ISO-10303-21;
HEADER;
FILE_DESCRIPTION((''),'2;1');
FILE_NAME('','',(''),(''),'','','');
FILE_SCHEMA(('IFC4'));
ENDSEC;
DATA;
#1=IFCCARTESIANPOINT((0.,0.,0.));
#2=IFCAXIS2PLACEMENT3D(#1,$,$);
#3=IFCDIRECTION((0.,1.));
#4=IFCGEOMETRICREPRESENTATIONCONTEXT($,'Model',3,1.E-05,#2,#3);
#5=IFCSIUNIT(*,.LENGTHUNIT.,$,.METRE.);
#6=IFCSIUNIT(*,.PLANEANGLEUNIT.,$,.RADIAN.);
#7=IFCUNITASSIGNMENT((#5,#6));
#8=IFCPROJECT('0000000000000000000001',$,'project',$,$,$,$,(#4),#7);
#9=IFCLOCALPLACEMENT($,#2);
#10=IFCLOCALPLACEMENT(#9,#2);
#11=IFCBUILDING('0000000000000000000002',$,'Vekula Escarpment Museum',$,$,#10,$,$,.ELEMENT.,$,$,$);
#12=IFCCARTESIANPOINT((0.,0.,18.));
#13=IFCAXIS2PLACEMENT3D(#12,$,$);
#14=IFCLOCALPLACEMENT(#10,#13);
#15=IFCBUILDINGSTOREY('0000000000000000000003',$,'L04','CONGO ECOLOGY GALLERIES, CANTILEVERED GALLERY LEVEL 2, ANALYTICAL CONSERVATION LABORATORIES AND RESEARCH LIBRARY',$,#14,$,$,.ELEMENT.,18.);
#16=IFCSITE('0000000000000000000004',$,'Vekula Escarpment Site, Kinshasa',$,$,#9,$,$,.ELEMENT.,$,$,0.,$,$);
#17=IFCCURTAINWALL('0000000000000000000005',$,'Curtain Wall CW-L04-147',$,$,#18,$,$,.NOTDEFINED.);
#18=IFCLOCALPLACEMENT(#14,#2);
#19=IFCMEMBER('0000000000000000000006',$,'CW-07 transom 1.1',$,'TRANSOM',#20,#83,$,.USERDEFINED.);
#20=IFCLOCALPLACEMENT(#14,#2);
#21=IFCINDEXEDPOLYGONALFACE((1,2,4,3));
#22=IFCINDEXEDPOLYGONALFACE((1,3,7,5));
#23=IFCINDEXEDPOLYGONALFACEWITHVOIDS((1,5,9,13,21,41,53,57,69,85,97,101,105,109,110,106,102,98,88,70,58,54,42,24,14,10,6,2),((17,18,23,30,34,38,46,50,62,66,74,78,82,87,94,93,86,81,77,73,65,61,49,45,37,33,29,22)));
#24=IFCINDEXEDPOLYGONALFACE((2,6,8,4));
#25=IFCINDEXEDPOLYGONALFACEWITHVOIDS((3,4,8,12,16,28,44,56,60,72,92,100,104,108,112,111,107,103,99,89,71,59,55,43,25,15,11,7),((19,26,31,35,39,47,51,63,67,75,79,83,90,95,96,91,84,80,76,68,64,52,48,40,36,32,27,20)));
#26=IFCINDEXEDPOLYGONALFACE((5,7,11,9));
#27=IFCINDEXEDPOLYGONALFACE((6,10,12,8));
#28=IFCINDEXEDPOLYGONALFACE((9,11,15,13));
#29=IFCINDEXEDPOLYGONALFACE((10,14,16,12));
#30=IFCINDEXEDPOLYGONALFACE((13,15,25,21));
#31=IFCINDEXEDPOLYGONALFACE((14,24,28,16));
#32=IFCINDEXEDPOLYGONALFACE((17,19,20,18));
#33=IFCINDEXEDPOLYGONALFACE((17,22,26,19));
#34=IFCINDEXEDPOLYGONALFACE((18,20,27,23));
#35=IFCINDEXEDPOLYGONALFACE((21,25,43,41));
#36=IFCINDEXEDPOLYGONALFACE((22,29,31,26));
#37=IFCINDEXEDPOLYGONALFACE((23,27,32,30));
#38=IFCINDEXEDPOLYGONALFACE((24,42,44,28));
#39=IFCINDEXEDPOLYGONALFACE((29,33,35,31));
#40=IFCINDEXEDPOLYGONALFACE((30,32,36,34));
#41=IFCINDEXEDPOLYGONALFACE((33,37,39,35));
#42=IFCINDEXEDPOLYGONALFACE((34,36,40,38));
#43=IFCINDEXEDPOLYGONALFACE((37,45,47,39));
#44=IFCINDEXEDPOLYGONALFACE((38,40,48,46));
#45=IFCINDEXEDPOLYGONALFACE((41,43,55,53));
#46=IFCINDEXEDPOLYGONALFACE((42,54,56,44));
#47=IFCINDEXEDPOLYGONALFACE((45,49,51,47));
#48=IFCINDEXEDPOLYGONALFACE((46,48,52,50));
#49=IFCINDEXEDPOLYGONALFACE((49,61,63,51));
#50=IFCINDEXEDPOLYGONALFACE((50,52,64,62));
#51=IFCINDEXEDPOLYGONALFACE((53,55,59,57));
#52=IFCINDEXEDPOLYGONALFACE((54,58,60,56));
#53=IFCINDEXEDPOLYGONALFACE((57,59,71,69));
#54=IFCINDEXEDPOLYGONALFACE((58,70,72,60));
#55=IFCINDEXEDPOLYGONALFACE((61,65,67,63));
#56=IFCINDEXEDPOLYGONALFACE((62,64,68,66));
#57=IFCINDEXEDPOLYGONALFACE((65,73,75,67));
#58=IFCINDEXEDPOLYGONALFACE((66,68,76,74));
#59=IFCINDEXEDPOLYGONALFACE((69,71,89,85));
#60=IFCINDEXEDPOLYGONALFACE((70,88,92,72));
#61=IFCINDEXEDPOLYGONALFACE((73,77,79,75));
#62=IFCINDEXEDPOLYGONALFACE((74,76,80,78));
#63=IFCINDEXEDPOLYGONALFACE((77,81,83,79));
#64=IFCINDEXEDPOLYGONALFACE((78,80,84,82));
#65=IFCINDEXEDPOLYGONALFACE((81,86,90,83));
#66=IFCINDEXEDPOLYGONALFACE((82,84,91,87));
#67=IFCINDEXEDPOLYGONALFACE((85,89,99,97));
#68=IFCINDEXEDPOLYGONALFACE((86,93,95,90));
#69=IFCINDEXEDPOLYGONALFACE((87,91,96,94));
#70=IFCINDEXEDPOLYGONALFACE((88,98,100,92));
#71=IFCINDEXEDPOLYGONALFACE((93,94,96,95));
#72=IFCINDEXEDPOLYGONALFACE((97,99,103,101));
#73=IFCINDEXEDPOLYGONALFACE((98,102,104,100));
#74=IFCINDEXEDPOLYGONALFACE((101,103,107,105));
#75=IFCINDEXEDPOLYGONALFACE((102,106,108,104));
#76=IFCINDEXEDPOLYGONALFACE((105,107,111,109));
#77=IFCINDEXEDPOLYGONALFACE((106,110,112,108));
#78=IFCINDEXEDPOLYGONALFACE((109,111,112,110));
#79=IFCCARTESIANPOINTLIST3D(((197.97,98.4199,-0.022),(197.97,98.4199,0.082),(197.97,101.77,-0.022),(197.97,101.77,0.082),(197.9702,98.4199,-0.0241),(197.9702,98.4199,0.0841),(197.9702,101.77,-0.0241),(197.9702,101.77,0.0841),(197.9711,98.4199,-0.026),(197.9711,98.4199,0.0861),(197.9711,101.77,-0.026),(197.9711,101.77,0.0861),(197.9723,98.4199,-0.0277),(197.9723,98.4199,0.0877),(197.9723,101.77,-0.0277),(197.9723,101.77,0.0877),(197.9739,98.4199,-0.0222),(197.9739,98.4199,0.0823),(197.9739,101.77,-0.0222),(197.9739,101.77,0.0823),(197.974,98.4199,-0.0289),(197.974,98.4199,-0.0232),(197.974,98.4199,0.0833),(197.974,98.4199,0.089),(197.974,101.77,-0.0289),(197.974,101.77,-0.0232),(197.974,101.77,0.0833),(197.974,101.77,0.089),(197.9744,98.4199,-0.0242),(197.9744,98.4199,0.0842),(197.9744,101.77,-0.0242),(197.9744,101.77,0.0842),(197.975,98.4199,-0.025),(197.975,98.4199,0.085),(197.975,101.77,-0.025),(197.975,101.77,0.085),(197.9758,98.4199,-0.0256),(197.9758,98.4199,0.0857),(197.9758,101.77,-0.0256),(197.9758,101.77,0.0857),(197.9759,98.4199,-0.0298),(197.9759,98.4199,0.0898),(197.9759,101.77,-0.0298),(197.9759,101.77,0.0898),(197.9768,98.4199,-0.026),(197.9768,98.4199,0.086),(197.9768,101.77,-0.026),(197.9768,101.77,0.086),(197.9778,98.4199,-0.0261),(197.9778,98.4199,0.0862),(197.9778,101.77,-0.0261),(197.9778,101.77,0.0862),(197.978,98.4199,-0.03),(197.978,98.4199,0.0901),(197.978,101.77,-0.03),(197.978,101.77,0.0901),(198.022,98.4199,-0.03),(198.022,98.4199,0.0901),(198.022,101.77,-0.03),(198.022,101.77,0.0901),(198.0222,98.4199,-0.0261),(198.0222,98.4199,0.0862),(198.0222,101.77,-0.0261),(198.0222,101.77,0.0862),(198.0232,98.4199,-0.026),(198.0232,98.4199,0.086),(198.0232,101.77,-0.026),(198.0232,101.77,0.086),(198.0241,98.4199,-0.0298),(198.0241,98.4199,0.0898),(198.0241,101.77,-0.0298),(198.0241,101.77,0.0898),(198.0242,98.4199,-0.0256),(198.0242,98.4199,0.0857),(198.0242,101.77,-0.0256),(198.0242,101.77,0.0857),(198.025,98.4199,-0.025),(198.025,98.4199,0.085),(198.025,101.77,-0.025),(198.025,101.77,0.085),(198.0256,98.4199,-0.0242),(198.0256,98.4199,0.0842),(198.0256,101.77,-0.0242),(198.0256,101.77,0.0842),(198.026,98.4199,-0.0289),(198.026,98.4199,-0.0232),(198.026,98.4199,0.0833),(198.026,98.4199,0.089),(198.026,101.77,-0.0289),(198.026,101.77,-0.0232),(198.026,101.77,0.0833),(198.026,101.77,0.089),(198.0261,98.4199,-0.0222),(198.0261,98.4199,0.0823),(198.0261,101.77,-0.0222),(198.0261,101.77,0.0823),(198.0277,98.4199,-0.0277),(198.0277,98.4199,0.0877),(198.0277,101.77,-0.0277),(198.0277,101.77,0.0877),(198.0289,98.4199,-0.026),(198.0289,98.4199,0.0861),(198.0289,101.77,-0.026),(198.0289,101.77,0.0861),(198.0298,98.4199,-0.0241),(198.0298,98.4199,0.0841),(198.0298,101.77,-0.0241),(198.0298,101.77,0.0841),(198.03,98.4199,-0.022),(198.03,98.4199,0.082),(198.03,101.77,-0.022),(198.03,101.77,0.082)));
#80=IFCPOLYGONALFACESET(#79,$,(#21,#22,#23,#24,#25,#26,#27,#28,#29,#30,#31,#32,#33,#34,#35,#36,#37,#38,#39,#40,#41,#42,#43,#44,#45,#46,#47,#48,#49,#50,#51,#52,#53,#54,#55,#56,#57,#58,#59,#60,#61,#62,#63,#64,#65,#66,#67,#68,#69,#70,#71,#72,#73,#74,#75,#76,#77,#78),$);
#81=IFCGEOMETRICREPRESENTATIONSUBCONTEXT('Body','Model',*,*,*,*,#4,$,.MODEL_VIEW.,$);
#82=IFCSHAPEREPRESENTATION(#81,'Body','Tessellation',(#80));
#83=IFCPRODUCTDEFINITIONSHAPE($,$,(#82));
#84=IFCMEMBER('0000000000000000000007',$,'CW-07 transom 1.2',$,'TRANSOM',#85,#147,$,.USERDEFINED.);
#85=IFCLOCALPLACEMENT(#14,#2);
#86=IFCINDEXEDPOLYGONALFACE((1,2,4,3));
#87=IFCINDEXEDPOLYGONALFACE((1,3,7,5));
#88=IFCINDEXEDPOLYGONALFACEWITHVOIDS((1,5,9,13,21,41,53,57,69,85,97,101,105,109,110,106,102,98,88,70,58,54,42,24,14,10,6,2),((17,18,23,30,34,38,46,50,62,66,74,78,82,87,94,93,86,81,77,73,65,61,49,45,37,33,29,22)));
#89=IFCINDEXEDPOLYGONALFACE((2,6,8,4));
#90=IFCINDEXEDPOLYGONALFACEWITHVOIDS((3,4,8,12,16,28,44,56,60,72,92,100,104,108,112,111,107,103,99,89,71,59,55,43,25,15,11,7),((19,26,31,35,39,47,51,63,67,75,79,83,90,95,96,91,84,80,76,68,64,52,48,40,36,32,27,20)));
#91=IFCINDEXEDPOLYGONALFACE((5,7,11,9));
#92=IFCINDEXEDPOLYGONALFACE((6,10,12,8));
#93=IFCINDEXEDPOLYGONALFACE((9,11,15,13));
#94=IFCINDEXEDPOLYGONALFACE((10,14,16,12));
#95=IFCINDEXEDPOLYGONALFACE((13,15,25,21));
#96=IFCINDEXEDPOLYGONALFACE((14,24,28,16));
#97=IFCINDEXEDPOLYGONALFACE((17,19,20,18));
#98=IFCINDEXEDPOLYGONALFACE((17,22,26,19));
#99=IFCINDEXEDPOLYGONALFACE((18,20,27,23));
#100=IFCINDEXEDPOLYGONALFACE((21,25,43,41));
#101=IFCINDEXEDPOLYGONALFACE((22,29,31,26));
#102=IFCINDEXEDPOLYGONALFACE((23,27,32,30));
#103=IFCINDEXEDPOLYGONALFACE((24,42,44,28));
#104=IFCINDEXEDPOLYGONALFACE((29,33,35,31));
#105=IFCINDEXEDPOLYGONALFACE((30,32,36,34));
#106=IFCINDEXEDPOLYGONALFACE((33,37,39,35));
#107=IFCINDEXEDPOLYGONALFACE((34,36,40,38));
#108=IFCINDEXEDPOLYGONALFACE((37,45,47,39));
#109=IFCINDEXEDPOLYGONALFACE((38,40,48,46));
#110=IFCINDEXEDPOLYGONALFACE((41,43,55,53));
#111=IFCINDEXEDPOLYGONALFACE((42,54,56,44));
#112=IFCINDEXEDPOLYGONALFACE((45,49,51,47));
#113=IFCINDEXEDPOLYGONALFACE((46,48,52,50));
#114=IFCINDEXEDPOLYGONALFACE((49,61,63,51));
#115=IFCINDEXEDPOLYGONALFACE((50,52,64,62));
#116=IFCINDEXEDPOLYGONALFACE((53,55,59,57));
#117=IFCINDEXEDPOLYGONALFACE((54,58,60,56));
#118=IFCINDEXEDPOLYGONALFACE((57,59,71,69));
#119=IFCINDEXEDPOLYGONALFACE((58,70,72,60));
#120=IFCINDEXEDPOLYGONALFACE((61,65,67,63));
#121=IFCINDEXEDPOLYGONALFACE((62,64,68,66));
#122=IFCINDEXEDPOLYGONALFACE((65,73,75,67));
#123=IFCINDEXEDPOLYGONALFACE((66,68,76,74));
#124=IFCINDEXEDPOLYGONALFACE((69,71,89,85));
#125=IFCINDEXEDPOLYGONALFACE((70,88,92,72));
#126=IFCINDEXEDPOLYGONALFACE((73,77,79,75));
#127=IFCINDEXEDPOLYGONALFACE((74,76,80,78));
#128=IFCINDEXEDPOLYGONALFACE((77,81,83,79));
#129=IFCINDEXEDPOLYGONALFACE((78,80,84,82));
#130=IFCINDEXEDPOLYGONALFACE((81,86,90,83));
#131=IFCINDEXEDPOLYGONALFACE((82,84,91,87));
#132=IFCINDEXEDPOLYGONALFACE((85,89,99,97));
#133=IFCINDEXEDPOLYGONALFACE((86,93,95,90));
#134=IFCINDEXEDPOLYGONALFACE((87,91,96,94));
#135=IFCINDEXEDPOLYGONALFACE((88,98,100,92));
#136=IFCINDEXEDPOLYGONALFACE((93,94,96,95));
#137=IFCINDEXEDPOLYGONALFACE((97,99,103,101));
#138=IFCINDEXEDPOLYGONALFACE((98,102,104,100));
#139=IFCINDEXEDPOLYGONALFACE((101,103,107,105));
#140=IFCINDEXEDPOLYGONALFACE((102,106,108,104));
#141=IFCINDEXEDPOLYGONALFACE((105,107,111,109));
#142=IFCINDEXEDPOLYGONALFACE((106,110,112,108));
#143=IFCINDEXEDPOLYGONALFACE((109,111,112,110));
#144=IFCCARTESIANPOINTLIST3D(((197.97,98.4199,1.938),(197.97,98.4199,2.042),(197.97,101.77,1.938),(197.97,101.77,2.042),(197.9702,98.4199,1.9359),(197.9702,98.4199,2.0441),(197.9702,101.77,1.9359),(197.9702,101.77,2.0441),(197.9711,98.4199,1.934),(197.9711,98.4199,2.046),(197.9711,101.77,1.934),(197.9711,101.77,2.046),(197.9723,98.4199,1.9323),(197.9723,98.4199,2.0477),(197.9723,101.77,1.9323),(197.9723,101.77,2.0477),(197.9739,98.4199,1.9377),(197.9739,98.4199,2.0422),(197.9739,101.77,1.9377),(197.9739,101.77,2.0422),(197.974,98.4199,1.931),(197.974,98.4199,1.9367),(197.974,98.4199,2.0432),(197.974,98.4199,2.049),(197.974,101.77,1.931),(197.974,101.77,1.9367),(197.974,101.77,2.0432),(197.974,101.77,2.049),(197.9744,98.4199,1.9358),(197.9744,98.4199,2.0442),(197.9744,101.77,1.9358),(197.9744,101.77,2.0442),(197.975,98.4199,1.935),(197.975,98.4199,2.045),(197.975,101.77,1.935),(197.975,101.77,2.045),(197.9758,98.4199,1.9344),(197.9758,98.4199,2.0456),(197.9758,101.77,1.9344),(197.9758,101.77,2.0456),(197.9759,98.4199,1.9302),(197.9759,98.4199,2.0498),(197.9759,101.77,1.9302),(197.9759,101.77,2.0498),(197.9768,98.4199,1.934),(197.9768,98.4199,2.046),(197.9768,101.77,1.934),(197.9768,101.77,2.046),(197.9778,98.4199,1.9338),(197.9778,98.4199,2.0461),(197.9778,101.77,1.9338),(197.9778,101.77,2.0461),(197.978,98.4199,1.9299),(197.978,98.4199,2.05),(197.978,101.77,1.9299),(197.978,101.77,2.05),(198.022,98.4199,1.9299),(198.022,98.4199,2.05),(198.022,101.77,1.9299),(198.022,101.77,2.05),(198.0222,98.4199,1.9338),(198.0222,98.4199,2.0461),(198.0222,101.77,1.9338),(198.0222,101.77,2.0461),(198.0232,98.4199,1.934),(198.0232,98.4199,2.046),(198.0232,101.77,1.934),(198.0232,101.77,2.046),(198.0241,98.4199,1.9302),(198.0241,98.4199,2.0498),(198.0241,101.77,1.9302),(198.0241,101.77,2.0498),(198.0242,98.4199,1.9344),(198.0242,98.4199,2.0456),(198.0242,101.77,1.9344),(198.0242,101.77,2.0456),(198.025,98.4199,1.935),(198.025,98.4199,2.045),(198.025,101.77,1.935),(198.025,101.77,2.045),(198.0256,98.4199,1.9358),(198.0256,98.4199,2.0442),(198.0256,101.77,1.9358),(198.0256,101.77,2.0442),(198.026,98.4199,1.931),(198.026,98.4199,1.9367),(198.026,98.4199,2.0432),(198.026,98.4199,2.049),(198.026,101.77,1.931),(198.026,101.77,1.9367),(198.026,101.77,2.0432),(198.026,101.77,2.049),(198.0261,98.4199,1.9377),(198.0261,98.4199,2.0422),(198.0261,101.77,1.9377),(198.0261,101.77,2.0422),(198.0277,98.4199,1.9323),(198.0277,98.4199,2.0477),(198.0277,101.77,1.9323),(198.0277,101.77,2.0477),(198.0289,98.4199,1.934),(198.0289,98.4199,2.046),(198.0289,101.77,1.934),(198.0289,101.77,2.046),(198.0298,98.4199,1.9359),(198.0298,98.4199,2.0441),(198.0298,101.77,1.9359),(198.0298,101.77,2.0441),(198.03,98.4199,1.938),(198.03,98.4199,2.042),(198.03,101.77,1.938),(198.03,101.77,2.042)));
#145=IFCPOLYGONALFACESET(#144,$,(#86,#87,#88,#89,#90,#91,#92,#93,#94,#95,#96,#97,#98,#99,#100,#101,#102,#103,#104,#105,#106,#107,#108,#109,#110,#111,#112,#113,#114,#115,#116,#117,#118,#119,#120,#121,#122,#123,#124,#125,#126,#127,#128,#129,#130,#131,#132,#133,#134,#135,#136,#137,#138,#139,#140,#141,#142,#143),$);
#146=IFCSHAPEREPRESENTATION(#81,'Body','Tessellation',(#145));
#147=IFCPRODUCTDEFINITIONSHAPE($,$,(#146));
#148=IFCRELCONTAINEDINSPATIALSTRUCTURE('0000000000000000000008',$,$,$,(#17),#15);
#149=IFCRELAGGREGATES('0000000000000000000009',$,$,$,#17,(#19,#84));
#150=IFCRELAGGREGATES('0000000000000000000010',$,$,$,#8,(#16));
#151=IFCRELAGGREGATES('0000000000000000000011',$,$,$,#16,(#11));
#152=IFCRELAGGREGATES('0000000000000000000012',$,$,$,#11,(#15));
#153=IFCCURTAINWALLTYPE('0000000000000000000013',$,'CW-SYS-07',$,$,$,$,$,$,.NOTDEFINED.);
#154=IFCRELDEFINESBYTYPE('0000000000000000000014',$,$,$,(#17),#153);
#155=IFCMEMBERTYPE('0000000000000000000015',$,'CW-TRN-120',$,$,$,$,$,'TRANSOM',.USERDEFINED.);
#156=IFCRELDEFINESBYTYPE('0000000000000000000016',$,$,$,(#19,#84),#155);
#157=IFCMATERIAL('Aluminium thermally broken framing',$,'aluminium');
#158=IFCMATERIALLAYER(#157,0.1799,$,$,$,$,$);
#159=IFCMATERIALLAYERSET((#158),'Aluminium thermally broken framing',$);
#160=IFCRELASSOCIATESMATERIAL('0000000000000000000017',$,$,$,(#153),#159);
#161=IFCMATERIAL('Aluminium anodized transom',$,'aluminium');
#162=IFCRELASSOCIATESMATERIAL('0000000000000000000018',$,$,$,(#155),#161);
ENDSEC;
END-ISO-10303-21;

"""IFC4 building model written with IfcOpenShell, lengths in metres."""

from ifc_helpers import new_model, si_unit, direction, frame, origin, origin_2d, place, context, subcontext, project, spatial, hollow_rectangle, extrude, material, layer, layer_set, material_profile, profile_set, type_object, element, aggregate, save


model = new_model("IFC4")

# Units and contexts
model_context = context("Model", 3, precision=1e-05, world=origin(), true_north=direction((0.0, 1.0)))
body_context = subcontext(model_context, "Body", "Model", "MODEL_VIEW")
ifc_project = project(units=[si_unit("LENGTHUNIT", "METRE"), si_unit("PLANEANGLEUNIT", "RADIAN")], contexts=[model_context])

# Site, building, storey
site_placement = place(None, origin())
site = spatial("IfcSite", under=ifc_project, at=site_placement, Name="Vekula Escarpment Site, Kinshasa", CompositionType="ELEMENT", RefElevation=0.0)
building_placement = place(site_placement, origin())
building = spatial("IfcBuilding", under=site, at=building_placement, Name="Vekula Escarpment Museum", CompositionType="ELEMENT")
storey_placement = place(building_placement, frame((0.0, 0.0, 18.0)))
storey = spatial("IfcBuildingStorey", under=building, at=storey_placement, Name="L04", Description="CONGO ECOLOGY GALLERIES, CANTILEVERED GALLERY LEVEL 2, ANALYTICAL CONSERVATION LABORATORIES AND RESEARCH LIBRARY", CompositionType="ELEMENT", Elevation=18.0)

# Curtain wall, members
ifc_material_1 = material(Name="Aluminium thermally broken framing", Category="aluminium")
ifc_layer_1 = layer(ifc_material_1, 0.1799)
ifc_layer_set_1 = layer_set([ifc_layer_1], Name="Aluminium thermally broken framing")
curtain_wall_type = type_object("IfcCurtainWallType", Name="CW-SYS-07", PredefinedType="NOTDEFINED", material=ifc_layer_set_1)
curtain_wall_placement = place(storey_placement, origin())
curtain_wall = element("IfcCurtainWall", 1, at=curtain_wall_placement, inside=storey, type_object=curtain_wall_type, Name="Curtain Wall CW-L04-147", PredefinedType="NOTDEFINED")
ifc_material_2 = material(Name="Aluminium anodized transom", Category="aluminium")
ifc_material_profile_1 = material_profile(ifc_material_2, hollow_rectangle(XDim=0.0601, YDim=0.1201, WallThickness=0.0039, InnerFilletRadius=0.0039, OuterFilletRadius=0.0081, at=origin_2d()), Name="ALU 120x60x4")
ifc_profile_set_1 = profile_set([ifc_material_profile_1], Name="Aluminium anodized transom")
member_type_1 = type_object("IfcMemberType", Name="CW-TRN-120", ElementType="TRANSOM", PredefinedType="USERDEFINED", material=ifc_profile_set_1)
member_1_placement = place(storey_placement, frame((198.0, 98.4199, 0.03), z_axis=(0.0, 1.0, 0.0), x_axis=(-1.0, 0.0, 0.0)))
member_1 = element("IfcMember", 2, at=member_1_placement, type_object=member_type_1, Name="CW-07 transom 1.1", ObjectType="TRANSOM", PredefinedType="USERDEFINED", context=body_context, shape_type="SweptSolid", body=[
    extrude(hollow_rectangle(XDim=0.0601, YDim=0.1201, WallThickness=0.0039, InnerFilletRadius=0.0039, OuterFilletRadius=0.0081, at=origin_2d()), origin(), (0.0, 0.0, 1.0), 3.3501),
])
member_2_placement = place(storey_placement, frame((198.0, 98.4199, 1.99), z_axis=(0.0, 1.0, 0.0), x_axis=(-1.0, 0.0, 0.0)))
member_2 = element("IfcMember", 3, at=member_2_placement, type_object=member_type_1, Name="CW-07 transom 1.2", ObjectType="TRANSOM", PredefinedType="USERDEFINED", context=body_context, shape_type="SweptSolid", body=[
    extrude(hollow_rectangle(XDim=0.0601, YDim=0.1201, WallThickness=0.0039, InnerFilletRadius=0.0039, OuterFilletRadius=0.0081, at=origin_2d()), origin(), (0.0, 0.0, 1.0), 3.3501),
])
aggregate(curtain_wall, [member_1, member_2])

save(model, "model.ifc")
